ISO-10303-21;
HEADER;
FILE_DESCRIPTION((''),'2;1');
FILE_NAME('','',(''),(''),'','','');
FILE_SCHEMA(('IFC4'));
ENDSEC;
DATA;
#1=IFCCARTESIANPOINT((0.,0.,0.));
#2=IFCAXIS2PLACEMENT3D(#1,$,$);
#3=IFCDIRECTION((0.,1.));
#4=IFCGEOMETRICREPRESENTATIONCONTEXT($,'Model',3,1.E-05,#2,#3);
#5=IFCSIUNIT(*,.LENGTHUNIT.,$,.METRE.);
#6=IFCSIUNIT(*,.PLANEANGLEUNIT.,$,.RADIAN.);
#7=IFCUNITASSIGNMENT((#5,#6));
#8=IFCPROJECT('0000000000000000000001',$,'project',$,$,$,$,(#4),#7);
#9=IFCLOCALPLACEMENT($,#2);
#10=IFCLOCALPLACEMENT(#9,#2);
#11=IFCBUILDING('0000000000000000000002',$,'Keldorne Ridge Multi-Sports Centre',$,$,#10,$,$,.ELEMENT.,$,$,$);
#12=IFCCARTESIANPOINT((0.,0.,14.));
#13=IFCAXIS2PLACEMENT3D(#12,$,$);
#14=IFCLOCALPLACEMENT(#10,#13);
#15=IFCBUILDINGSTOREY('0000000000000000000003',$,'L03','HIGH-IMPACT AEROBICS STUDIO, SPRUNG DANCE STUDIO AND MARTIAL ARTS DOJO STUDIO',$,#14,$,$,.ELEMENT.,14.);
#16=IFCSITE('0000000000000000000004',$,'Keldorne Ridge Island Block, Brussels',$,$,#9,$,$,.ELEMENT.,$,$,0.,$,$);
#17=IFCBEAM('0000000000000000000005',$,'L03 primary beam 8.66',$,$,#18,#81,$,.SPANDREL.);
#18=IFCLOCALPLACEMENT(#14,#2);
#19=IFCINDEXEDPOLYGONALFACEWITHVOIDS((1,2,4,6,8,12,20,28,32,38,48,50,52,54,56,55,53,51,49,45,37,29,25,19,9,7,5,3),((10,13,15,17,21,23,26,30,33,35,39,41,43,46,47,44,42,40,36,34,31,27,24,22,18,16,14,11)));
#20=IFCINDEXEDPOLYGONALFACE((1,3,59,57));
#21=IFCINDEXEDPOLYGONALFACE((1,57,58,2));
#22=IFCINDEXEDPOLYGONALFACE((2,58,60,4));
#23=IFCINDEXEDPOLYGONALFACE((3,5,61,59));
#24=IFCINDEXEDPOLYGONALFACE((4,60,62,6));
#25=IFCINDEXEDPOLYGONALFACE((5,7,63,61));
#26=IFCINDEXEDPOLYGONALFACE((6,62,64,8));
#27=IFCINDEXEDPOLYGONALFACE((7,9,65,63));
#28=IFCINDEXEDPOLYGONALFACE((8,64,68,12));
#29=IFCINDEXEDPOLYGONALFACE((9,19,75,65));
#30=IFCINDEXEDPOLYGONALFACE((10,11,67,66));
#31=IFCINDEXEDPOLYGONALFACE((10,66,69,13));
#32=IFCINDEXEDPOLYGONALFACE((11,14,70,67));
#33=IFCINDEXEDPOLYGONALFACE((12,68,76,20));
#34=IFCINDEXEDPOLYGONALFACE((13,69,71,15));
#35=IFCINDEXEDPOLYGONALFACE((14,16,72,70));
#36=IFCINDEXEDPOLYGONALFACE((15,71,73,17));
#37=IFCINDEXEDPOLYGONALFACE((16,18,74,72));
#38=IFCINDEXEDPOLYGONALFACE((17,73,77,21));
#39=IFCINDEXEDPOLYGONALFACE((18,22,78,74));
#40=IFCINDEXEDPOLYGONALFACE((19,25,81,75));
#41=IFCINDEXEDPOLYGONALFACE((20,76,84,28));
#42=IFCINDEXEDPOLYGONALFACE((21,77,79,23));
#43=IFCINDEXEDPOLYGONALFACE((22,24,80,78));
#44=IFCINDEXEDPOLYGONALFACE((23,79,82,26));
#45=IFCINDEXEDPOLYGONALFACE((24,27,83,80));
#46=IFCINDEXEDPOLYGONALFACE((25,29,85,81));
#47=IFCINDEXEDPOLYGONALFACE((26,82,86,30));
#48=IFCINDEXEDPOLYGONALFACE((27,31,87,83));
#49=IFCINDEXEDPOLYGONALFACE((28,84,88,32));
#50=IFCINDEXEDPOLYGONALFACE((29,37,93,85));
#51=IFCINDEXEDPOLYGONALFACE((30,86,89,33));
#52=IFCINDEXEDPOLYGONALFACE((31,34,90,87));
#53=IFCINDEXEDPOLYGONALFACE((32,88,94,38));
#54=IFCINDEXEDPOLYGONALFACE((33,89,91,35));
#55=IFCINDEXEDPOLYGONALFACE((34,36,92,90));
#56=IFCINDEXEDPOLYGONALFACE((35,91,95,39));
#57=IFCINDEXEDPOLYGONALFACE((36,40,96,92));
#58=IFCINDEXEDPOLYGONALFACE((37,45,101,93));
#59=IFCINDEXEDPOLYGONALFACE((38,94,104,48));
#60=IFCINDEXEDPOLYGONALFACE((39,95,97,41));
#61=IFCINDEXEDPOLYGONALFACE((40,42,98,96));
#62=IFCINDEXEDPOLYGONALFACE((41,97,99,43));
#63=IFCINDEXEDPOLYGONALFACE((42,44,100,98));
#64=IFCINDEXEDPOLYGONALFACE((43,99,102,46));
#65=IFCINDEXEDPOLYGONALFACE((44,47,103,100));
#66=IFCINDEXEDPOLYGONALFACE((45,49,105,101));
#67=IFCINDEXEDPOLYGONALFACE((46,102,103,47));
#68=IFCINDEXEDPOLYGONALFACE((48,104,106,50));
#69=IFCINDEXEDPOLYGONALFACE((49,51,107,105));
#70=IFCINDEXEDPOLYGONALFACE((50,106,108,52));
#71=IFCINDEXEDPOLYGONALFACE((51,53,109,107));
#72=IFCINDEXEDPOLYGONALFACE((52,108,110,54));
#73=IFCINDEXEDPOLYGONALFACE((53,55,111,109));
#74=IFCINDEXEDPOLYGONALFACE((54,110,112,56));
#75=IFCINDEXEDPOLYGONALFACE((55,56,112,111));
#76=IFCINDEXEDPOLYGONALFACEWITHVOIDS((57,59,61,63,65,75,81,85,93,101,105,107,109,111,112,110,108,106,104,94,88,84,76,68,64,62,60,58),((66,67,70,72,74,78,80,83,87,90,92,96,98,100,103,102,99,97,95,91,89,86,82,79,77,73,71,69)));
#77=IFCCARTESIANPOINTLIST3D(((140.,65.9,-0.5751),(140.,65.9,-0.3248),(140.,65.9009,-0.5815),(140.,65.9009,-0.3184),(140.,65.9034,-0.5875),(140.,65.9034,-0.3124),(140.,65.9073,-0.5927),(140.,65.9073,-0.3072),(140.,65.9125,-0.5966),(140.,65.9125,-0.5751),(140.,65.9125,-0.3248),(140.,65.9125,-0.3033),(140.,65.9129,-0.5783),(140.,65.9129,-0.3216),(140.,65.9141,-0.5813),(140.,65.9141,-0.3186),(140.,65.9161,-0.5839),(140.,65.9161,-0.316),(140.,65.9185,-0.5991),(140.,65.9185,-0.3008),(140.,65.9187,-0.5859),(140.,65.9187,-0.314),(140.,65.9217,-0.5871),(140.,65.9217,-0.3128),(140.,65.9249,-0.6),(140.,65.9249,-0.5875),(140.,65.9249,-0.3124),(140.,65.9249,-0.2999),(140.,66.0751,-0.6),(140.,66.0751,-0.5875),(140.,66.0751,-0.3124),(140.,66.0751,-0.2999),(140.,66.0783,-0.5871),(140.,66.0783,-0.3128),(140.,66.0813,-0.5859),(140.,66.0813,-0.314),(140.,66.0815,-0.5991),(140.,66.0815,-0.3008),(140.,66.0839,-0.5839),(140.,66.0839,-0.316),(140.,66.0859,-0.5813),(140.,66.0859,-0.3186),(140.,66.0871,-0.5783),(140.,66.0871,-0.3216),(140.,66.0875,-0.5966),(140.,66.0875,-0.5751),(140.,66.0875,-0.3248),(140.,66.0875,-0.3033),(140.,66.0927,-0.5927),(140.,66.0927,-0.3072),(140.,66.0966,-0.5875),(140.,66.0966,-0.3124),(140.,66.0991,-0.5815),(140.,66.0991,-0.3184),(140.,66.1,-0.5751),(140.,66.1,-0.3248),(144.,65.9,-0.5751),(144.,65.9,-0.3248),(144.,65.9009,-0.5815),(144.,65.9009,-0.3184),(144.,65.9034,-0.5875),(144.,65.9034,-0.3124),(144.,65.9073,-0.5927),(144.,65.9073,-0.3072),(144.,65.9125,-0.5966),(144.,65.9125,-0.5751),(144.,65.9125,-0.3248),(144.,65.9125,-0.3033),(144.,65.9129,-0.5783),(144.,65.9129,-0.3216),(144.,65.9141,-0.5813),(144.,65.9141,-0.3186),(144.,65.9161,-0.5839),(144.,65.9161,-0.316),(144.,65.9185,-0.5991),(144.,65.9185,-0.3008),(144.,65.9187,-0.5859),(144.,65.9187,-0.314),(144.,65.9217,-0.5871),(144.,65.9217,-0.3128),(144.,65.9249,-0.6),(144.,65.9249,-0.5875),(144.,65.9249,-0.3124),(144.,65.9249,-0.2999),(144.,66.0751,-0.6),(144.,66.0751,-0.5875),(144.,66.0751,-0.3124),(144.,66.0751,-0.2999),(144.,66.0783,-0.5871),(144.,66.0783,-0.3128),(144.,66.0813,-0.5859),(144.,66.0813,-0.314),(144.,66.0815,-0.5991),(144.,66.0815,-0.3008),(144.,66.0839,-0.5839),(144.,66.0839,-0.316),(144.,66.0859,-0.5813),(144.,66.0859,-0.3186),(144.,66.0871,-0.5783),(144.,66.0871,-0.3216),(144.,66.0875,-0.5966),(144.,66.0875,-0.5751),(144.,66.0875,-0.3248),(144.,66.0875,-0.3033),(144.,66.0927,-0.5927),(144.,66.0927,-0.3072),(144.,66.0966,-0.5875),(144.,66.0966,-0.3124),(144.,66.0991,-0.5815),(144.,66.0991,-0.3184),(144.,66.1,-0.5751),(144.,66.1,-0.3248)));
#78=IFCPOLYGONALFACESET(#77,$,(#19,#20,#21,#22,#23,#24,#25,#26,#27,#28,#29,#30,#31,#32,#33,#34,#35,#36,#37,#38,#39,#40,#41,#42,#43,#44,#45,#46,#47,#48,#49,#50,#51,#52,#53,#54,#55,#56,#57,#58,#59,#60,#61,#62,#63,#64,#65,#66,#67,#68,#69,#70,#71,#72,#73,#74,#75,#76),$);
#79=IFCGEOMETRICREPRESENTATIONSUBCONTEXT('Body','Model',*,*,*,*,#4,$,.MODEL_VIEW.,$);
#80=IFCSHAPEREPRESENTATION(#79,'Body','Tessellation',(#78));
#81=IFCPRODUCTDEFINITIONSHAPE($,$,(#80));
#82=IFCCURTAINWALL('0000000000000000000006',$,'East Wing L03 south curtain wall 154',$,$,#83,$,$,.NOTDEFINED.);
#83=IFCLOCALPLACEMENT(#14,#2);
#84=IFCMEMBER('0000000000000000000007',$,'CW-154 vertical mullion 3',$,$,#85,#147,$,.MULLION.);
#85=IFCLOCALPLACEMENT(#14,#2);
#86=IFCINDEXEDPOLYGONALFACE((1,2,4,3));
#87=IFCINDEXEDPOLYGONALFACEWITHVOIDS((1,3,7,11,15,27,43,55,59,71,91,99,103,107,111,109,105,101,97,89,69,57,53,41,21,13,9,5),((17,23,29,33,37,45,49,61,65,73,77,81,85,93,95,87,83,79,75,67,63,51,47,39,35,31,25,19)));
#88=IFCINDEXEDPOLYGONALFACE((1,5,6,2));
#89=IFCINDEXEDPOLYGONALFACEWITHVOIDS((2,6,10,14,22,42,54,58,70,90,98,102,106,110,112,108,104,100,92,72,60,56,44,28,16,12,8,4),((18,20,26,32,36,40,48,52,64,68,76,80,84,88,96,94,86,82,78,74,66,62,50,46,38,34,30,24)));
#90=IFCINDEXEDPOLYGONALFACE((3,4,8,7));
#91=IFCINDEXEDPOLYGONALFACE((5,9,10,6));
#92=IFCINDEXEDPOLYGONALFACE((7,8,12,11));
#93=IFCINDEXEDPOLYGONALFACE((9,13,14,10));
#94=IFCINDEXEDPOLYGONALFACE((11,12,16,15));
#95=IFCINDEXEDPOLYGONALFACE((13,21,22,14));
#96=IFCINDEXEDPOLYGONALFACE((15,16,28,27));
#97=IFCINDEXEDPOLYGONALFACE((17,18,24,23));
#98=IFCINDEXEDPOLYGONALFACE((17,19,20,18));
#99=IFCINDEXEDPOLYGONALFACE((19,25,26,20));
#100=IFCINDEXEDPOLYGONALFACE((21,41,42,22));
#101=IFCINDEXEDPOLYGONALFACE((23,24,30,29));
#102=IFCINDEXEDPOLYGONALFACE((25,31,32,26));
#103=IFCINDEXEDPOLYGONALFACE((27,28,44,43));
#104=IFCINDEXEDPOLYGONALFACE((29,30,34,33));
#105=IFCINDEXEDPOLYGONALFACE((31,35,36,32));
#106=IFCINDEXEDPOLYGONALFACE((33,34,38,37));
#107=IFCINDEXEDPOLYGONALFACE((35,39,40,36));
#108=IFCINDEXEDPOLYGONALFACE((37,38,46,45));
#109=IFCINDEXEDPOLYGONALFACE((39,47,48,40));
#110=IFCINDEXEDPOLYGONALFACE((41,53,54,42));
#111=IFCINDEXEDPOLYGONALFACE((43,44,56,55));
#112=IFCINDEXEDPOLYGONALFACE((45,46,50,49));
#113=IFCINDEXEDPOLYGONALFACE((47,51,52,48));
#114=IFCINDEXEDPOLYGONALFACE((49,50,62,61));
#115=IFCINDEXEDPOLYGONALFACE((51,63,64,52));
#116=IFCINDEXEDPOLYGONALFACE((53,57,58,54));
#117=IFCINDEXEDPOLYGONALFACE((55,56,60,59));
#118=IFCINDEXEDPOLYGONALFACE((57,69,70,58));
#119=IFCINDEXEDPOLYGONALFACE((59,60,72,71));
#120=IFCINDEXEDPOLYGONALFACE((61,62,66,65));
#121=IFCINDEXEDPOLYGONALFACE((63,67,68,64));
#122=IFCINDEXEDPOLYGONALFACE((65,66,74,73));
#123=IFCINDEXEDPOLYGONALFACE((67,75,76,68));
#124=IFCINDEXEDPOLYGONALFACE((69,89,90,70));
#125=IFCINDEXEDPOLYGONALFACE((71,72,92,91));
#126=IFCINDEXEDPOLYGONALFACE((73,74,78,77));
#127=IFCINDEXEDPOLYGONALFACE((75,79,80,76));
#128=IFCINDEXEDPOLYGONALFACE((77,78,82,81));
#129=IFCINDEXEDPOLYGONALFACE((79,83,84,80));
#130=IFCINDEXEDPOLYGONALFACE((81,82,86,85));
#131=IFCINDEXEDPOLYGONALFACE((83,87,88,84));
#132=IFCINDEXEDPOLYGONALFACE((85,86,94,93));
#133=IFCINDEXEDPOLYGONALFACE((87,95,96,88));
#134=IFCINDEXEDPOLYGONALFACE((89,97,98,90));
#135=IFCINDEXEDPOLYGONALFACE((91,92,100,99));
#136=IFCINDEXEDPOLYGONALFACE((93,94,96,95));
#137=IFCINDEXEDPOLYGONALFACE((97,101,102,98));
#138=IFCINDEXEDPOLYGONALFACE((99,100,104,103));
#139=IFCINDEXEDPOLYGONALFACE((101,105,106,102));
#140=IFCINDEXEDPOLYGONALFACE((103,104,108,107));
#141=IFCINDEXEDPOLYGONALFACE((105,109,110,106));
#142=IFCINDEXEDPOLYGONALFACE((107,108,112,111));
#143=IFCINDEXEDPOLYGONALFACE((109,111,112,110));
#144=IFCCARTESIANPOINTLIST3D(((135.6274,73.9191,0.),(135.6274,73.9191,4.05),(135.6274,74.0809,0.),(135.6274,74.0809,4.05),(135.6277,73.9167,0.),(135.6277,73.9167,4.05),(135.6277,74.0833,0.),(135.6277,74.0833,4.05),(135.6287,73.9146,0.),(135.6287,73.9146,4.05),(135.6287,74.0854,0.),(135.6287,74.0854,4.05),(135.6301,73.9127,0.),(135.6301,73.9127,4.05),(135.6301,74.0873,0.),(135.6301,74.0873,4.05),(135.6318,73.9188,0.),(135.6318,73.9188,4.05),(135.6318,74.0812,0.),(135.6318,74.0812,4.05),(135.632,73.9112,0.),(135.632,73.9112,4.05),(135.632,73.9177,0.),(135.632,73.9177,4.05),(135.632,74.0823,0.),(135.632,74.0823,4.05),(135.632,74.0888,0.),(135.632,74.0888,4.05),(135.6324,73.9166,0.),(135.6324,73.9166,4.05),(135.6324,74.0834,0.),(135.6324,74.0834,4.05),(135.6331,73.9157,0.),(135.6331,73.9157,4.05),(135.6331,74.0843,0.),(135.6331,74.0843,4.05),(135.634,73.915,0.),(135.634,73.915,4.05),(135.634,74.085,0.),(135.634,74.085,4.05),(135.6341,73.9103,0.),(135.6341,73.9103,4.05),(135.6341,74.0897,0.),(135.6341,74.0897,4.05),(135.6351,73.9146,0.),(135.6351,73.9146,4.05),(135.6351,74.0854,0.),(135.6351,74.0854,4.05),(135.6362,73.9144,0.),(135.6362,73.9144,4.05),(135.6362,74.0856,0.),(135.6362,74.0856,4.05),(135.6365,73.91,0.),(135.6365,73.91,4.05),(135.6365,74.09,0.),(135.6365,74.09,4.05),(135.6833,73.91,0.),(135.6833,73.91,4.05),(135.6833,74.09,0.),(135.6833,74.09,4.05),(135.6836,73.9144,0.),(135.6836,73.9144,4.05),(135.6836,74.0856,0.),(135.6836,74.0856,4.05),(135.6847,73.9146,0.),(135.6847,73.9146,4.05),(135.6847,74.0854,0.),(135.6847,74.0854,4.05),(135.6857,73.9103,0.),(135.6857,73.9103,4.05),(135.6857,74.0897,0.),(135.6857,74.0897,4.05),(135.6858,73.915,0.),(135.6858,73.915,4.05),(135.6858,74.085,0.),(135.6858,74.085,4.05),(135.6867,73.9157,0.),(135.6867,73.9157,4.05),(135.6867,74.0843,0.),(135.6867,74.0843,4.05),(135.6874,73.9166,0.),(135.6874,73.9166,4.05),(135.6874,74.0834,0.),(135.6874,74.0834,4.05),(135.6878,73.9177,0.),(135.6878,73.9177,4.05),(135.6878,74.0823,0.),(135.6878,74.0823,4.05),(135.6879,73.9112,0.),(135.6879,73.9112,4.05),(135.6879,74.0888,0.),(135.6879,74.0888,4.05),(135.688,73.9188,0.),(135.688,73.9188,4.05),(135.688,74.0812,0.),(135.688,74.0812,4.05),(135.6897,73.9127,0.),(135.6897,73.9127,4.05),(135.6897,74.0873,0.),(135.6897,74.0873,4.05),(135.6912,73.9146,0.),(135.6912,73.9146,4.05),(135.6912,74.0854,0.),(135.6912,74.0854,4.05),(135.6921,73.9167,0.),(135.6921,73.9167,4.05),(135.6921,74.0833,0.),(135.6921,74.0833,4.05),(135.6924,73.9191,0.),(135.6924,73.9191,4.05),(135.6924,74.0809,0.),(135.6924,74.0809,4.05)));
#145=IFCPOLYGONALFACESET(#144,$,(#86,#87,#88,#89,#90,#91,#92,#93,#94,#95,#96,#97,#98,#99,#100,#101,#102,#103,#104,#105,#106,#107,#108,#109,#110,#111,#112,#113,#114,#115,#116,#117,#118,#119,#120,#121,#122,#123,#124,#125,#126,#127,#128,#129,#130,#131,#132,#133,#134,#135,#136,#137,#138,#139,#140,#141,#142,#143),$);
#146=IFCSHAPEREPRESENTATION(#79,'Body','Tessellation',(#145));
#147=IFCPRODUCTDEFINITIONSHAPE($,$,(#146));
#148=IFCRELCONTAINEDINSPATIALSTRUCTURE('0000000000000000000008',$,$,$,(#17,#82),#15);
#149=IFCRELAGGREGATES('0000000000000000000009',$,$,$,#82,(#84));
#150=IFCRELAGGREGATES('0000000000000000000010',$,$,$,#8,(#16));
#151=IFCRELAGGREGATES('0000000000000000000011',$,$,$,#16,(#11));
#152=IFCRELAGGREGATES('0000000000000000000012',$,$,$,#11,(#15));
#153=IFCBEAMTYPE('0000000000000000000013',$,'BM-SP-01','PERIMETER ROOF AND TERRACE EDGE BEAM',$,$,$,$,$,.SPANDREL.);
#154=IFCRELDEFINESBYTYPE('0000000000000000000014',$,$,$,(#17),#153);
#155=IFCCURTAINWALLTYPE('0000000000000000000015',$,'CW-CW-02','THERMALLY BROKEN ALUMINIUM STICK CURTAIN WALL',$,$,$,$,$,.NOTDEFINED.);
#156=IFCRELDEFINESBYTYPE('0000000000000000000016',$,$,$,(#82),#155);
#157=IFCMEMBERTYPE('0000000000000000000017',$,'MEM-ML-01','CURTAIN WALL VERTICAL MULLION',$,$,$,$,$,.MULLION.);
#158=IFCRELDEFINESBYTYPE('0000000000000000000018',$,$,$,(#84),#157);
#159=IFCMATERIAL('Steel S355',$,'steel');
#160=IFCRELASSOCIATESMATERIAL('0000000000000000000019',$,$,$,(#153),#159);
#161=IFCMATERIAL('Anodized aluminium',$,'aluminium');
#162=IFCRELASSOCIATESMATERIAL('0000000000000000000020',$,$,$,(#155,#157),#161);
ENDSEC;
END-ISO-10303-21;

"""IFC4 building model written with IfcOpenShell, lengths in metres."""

from ifc_helpers import new_model, si_unit, direction, frame, origin, origin_2d, place, context, subcontext, project, spatial, hollow_rectangle, extrude, material, material_profile, profile_set, type_object, element, aggregate, save


model = new_model("IFC4")

# Units and contexts
model_context = context("Model", 3, precision=1e-05, world=origin(), true_north=direction((0.0, 1.0)))
body_context = subcontext(model_context, "Body", "Model", "MODEL_VIEW")
ifc_project = project(units=[si_unit("LENGTHUNIT", "METRE"), si_unit("PLANEANGLEUNIT", "RADIAN")], contexts=[model_context])

# Site, building, storey
site_placement = place(None, origin())
site = spatial("IfcSite", under=ifc_project, at=site_placement, Name="Keldorne Ridge Island Block, Brussels", CompositionType="ELEMENT", RefElevation=0.0)
building_placement = place(site_placement, origin())
building = spatial("IfcBuilding", under=site, at=building_placement, Name="Keldorne Ridge Multi-Sports Centre", CompositionType="ELEMENT")
storey_placement = place(building_placement, frame((0.0, 0.0, 14.0)))
storey = spatial("IfcBuildingStorey", under=building, at=storey_placement, Name="L03", Description="HIGH-IMPACT AEROBICS STUDIO, SPRUNG DANCE STUDIO AND MARTIAL ARTS DOJO STUDIO", CompositionType="ELEMENT", Elevation=14.0)

# Shared definitions
ifc_material_1 = material(Name="Steel S355", Category="steel")

# Beam
ifc_material_profile_1 = material_profile(ifc_material_1, hollow_rectangle(XDim=0.2, YDim=0.3, WallThickness=0.0125, InnerFilletRadius=0.0125, OuterFilletRadius=0.0249, at=origin_2d()), Name="RHS 300x200x12.5")
ifc_profile_set_1 = profile_set([ifc_material_profile_1], Name="Steel S355")
beam_type_1 = type_object("IfcBeamType", Name="BM-SP-01", Description="PERIMETER ROOF AND TERRACE EDGE BEAM", PredefinedType="SPANDREL", material=ifc_profile_set_1)
for number, where, z_axis, x_axis, name in (
    (1, (140.0, 66.0, -0.45), (1.0, 0.0, 0.0), (0.0, 1.0, 0.0), "L03 primary beam 8.66"),
):
    element("IfcBeam", number, at=place(storey_placement, frame(where, z_axis=z_axis, x_axis=x_axis)), inside=storey, type_object=beam_type_1, Name=name, PredefinedType="SPANDREL", context=body_context, shape_type="SweptSolid", body=[
        extrude(hollow_rectangle(XDim=0.2, YDim=0.3, WallThickness=0.0125, InnerFilletRadius=0.0125, OuterFilletRadius=0.0249, at=origin_2d()), origin(), (0.0, 0.0, 1.0), 4.0),
    ])

# Curtain wall, member
ifc_material_2 = material(Name="Anodized aluminium", Category="aluminium")
curtain_wall_type_1 = type_object("IfcCurtainWallType", Name="CW-CW-02", Description="THERMALLY BROKEN ALUMINIUM STICK CURTAIN WALL", PredefinedType="NOTDEFINED", material=ifc_material_2)
curtain_wall_1_placement = place(storey_placement, origin())
curtain_wall_1 = element("IfcCurtainWall", 2, at=curtain_wall_1_placement, inside=storey, type_object=curtain_wall_type_1, Name="East Wing L03 south curtain wall 154", PredefinedType="NOTDEFINED")
ifc_material_profile_2 = material_profile(ifc_material_2, hollow_rectangle(XDim=0.0649, YDim=0.1799, WallThickness=0.0044, InnerFilletRadius=0.0044, OuterFilletRadius=0.009, at=origin_2d()), Name="ALU MULLION 180x65x4.5")
ifc_profile_set_2 = profile_set([ifc_material_profile_2], Name="Anodized aluminium")
member_type_1 = type_object("IfcMemberType", Name="MEM-ML-01", Description="CURTAIN WALL VERTICAL MULLION", PredefinedType="MULLION", material=ifc_profile_set_2)
member_1_placement = place(storey_placement, frame((135.6599, 74.0, 0.0), z_axis=(0.0, 0.0, 1.0), x_axis=(1.0, 0.0, 0.0)))
member_1 = element("IfcMember", 3, at=member_1_placement, type_object=member_type_1, Name="CW-154 vertical mullion 3", PredefinedType="MULLION", context=body_context, shape_type="SweptSolid", body=[
    extrude(hollow_rectangle(XDim=0.0649, YDim=0.1799, WallThickness=0.0044, InnerFilletRadius=0.0044, OuterFilletRadius=0.009, at=origin_2d()), origin(), (0.0, 0.0, 1.0), 4.05),
])
aggregate(curtain_wall_1, [member_1])

save(model, "model.ifc")
